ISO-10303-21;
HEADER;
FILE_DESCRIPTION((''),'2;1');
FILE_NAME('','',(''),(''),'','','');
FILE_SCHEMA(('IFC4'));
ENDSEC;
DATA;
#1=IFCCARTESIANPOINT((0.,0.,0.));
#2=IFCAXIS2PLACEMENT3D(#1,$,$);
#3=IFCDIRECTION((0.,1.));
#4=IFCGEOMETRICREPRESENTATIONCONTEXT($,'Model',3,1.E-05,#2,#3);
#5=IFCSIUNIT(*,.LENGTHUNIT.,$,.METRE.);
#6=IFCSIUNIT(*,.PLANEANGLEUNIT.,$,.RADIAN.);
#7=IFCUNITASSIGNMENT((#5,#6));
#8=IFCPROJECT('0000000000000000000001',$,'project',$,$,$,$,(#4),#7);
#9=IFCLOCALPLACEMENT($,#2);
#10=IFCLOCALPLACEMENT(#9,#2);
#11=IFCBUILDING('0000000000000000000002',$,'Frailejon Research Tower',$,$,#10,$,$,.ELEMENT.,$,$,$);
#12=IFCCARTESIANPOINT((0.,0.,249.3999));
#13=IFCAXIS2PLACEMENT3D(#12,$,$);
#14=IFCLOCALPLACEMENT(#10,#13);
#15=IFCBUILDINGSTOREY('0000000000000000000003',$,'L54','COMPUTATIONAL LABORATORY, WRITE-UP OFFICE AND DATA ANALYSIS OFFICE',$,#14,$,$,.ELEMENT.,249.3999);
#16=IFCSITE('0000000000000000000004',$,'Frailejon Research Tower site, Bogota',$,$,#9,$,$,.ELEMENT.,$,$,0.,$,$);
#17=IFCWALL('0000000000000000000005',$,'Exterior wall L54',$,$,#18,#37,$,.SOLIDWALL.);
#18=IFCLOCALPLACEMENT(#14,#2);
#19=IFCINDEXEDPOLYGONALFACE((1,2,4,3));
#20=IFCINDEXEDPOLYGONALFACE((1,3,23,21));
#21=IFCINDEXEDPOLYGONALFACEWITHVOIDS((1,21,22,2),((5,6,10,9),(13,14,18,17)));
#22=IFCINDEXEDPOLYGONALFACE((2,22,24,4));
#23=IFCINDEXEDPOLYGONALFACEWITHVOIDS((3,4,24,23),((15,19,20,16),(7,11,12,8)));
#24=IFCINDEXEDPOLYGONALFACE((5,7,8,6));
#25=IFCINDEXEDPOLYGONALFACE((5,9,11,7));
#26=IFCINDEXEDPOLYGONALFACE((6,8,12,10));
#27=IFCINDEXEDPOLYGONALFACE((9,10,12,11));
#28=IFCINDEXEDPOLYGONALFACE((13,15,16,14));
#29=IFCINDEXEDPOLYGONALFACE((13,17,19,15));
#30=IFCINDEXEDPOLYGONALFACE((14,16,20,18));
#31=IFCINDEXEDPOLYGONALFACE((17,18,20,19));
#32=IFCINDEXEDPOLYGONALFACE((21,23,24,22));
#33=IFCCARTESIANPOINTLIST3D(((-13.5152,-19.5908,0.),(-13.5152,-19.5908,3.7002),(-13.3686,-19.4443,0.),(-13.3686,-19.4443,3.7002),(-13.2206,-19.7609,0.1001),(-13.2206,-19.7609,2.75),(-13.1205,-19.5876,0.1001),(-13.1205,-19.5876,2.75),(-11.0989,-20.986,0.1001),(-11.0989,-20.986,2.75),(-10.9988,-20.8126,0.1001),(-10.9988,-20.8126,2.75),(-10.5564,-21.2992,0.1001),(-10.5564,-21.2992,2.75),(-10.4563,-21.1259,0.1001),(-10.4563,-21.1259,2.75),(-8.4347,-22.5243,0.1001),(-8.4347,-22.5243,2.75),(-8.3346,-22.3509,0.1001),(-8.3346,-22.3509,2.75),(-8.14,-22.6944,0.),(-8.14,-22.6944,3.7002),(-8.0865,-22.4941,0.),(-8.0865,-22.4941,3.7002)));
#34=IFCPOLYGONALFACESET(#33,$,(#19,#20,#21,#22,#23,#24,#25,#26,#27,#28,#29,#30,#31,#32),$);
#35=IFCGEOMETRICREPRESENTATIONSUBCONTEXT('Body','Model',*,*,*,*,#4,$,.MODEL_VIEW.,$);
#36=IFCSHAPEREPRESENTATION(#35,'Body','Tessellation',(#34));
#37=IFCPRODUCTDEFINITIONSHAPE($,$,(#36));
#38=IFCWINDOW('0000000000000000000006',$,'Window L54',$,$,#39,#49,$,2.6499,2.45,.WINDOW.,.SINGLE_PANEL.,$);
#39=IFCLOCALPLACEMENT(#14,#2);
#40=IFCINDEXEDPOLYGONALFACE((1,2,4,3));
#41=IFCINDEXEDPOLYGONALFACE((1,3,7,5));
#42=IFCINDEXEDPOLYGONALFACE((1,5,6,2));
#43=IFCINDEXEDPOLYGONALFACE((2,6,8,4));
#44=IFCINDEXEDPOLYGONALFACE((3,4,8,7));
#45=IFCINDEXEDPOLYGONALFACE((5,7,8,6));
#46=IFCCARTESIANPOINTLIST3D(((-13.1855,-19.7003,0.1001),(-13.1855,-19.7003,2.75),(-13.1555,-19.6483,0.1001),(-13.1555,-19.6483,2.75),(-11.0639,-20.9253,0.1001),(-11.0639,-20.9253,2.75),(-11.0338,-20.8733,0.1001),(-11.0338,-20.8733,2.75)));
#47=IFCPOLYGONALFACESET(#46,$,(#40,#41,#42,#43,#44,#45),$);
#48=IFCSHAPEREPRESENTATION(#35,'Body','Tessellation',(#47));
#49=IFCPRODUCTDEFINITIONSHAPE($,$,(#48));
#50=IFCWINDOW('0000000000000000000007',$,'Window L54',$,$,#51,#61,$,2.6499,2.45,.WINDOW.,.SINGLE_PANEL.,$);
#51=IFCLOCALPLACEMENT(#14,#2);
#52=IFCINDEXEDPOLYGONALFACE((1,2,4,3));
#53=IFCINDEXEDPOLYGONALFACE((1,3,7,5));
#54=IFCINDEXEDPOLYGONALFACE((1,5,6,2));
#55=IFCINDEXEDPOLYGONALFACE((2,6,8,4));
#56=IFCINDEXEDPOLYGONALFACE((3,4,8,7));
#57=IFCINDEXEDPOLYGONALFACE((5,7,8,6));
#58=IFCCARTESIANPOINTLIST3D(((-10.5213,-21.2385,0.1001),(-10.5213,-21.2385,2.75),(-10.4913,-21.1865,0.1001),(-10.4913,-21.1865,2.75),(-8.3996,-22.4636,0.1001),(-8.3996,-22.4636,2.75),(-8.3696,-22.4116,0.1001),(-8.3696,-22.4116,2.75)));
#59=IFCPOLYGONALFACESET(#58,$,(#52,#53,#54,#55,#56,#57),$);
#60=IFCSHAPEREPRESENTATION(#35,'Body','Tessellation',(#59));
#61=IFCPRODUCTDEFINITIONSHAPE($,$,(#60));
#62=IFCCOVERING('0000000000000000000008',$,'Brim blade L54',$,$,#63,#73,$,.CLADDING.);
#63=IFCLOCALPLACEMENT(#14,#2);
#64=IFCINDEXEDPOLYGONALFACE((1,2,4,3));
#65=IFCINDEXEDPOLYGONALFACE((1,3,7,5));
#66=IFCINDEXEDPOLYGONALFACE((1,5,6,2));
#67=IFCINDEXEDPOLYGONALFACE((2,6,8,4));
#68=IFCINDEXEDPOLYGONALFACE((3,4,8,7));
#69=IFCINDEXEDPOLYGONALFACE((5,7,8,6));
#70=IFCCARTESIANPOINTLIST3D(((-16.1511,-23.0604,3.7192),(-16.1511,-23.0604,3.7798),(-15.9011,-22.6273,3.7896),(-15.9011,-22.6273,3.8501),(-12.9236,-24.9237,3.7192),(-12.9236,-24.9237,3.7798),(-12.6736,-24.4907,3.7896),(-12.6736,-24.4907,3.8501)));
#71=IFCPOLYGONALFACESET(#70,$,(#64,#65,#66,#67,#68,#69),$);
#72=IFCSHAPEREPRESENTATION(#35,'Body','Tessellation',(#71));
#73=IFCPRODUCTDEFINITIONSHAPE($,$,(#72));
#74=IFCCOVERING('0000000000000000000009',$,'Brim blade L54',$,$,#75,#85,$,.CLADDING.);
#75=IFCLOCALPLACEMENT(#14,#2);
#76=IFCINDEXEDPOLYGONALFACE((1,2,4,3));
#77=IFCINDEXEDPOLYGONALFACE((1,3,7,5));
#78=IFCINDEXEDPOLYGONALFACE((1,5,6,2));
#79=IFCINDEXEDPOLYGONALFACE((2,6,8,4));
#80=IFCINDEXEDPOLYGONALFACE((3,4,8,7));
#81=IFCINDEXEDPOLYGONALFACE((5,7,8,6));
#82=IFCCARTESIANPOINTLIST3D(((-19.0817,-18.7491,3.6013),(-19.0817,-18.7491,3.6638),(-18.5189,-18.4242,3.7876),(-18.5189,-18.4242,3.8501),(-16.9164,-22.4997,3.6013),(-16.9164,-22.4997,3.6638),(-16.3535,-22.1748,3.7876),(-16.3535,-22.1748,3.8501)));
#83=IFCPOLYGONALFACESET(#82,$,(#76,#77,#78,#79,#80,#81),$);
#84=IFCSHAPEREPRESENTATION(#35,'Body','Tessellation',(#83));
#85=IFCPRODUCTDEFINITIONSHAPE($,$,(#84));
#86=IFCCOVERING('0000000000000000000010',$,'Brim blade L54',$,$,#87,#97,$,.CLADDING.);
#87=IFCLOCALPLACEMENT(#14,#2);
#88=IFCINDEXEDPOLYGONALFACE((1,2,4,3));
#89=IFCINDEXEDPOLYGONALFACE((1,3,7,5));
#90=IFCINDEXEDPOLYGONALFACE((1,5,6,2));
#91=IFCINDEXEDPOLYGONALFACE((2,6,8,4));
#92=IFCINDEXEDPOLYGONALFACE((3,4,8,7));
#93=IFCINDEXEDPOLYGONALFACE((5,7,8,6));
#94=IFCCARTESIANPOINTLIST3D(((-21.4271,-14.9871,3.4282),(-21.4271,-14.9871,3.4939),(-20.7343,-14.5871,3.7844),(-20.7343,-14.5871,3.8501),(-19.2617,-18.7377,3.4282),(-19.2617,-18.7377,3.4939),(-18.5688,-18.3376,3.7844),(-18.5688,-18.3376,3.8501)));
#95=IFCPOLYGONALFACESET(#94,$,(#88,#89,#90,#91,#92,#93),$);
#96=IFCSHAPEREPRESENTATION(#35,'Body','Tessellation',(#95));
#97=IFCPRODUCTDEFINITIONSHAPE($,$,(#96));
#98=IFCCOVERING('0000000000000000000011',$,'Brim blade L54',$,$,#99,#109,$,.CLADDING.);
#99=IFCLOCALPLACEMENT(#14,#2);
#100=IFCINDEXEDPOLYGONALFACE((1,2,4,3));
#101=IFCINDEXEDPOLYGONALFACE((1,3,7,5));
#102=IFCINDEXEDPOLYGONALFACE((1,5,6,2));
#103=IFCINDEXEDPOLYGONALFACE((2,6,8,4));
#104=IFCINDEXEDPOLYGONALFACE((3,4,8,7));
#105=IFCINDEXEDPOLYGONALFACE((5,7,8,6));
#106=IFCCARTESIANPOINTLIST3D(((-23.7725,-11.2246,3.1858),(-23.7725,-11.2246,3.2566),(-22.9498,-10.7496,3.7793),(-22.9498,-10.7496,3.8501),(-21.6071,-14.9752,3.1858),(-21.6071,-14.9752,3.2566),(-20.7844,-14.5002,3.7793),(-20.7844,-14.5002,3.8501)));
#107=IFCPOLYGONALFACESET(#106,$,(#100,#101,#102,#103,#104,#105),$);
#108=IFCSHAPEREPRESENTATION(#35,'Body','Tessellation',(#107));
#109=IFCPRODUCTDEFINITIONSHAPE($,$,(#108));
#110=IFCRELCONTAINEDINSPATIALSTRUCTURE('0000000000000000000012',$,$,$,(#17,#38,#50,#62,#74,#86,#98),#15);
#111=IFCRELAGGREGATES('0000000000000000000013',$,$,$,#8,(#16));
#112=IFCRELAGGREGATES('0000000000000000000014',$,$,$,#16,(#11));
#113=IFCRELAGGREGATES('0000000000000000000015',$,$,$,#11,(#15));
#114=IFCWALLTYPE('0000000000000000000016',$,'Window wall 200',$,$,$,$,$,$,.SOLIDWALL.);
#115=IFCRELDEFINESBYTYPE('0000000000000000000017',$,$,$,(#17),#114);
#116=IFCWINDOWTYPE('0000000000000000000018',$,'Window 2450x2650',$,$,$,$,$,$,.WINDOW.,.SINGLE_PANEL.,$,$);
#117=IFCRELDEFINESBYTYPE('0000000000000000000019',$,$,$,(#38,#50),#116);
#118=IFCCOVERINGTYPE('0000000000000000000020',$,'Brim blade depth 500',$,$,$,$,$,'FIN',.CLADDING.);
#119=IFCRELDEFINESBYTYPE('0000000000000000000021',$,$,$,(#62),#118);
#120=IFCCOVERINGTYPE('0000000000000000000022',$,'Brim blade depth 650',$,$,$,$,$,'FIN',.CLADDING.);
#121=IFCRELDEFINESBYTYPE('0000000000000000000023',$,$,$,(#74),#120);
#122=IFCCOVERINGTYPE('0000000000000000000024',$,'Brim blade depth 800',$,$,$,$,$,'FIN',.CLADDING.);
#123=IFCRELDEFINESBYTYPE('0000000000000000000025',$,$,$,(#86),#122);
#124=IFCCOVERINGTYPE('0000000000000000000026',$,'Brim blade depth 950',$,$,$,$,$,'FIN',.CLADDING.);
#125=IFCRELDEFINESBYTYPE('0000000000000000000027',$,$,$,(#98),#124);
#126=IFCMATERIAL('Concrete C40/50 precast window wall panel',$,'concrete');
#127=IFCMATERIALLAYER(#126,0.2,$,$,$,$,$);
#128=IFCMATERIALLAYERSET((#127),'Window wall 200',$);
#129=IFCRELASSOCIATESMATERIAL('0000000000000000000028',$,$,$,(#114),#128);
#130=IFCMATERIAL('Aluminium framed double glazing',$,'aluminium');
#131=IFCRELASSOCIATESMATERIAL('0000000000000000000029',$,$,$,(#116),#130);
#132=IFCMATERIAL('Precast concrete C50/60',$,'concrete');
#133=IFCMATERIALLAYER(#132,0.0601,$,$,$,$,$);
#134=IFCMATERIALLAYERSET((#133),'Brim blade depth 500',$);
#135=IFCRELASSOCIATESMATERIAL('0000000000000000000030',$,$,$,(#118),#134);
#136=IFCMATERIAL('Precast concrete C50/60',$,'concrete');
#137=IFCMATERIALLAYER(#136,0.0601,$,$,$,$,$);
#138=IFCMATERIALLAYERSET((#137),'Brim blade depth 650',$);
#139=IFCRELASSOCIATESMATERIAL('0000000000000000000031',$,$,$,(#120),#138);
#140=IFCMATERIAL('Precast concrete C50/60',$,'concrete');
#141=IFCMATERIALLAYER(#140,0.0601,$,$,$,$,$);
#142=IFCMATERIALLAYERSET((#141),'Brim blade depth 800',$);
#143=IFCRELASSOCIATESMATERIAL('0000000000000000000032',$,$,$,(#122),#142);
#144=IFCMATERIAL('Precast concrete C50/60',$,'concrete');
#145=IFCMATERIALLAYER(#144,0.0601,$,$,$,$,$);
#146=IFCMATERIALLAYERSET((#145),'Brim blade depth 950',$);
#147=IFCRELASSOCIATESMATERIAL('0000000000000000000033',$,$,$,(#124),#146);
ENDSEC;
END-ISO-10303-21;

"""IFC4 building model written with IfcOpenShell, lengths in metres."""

from ifc_helpers import new_model, si_unit, direction, frame, frame_2d, origin, place, context, subcontext, project, spatial, polyline, rectangle, outline, extrude, material, layer, layer_set, type_object, element, fill, save


model = new_model("IFC4")

# Units and contexts
model_context = context("Model", 3, precision=1e-05, world=origin(), true_north=direction((0.0, 1.0)))
body_context = subcontext(model_context, "Body", "Model", "MODEL_VIEW")
ifc_project = project(units=[si_unit("LENGTHUNIT", "METRE"), si_unit("PLANEANGLEUNIT", "RADIAN")], contexts=[model_context])

# Site, building, storey
site_placement = place(None, origin())
site = spatial("IfcSite", under=ifc_project, at=site_placement, Name="Frailejon Research Tower site, Bogota", CompositionType="ELEMENT", RefElevation=0.0)
building_placement = place(site_placement, origin())
building = spatial("IfcBuilding", under=site, at=building_placement, Name="Frailejon Research Tower", CompositionType="ELEMENT")
storey_placement = place(building_placement, frame((0.0, 0.0, 249.3999)))
storey = spatial("IfcBuildingStorey", under=building, at=storey_placement, Name="L54", Description="COMPUTATIONAL LABORATORY, WRITE-UP OFFICE AND DATA ANALYSIS OFFICE", CompositionType="ELEMENT", Elevation=249.3999)

# Wall, openings, windows
ifc_material_1 = material(Name="Concrete C40/50 precast window wall panel", Category="concrete")
ifc_layer_1 = layer(ifc_material_1, 0.2)
ifc_layer_set_1 = layer_set([ifc_layer_1], Name="Window wall 200")
wall_type_1 = type_object("IfcWallType", Name="Window wall 200", PredefinedType="SOLIDWALL", material=ifc_layer_set_1)
wall_1_placement = place(storey_placement, frame((-13.4419, -19.5176, 0.0), z_axis=(0.0, 0.0, 1.0), x_axis=(0.866012, -0.500022, 0.0)))
wall_1 = element("IfcWall", 1, at=wall_1_placement, inside=storey, type_object=wall_type_1, Name="Exterior wall L54", PredefinedType="SOLIDWALL", context=body_context, shape_type="SweptSolid", body=[
    extrude(outline(polyline([(-0.0269, -0.1001), (1.0076, -0.1001), (2.042, -0.1001), (3.0767, -0.1001), (4.1111, -0.1001), (5.1455, -0.1001), (6.1799, -0.1001), (6.1262, 0.1001), (5.1096, 0.1001), (4.093, 0.1001), (3.0767, 0.1001), (2.0601, 0.1001), (1.0435, 0.1001), (0.0269, 0.1001), (-0.0269, -0.1001)])), origin(), (0.0, 0.0, 1.0), 3.7002),
])
opening_1_placement = place(wall_1_placement, frame((0.3132, 0.0, 0.1001)))
opening_1 = element("IfcOpeningElement", 2, at=opening_1_placement, cuts=wall_1, PredefinedType="OPENING", context=body_context, shape_type="SweptSolid", body=[
    extrude(rectangle(XDim=2.45, YDim=2.6499, at=frame_2d((1.2251, 1.325))), frame((0.0, 0.1099, 0.0), z_axis=(0.0, -1.0, 0.0), x_axis=(1.0, 0.0, 0.0)), (0.0, 0.0, 1.0), 0.22),
])
opening_2_placement = place(wall_1_placement, frame((3.3896, 0.0, 0.1001)))
opening_2 = element("IfcOpeningElement", 3, at=opening_2_placement, cuts=wall_1, PredefinedType="OPENING", context=body_context, shape_type="SweptSolid", body=[
    extrude(rectangle(XDim=2.45, YDim=2.6499, at=frame_2d((1.2251, 1.325))), frame((0.0, 0.1099, 0.0), z_axis=(0.0, -1.0, 0.0), x_axis=(1.0, 0.0, 0.0)), (0.0, 0.0, 1.0), 0.22),
])
ifc_material_2 = material(Name="Aluminium framed double glazing", Category="aluminium")
window_type = type_object("IfcWindowType", Name="Window 2450x2650", PartitioningType="SINGLE_PANEL", PredefinedType="WINDOW", material=ifc_material_2)
window_1_placement = place(opening_1_placement, origin())
window_1 = element("IfcWindow", 4, at=window_1_placement, inside=storey, type_object=window_type, Name="Window L54", OverallHeight=2.6499, OverallWidth=2.45, PartitioningType="SINGLE_PANEL", PredefinedType="WINDOW", context=body_context, shape_type="SweptSolid", body=[
    extrude(rectangle(XDim=2.45, YDim=2.6499, at=frame_2d((1.2251, 1.325))), frame((0.0, 0.03, 0.0), z_axis=(0.0, -1.0, 0.0), x_axis=(1.0, 0.0, 0.0)), (0.0, 0.0, 1.0), 0.0601),
])
fill(opening_1, window_1)
window_2_placement = place(opening_2_placement, origin())
window_2 = element("IfcWindow", 5, at=window_2_placement, inside=storey, type_object=window_type, Name="Window L54", OverallHeight=2.6499, OverallWidth=2.45, PartitioningType="SINGLE_PANEL", PredefinedType="WINDOW", context=body_context, shape_type="SweptSolid", body=[
    extrude(rectangle(XDim=2.45, YDim=2.6499, at=frame_2d((1.2251, 1.325))), frame((0.0, 0.03, 0.0), z_axis=(0.0, -1.0, 0.0), x_axis=(1.0, 0.0, 0.0)), (0.0, 0.0, 1.0), 0.0601),
])
fill(opening_2, window_2)

# Coverings
ifc_material_3 = material(Name="Precast concrete C50/60", Category="concrete")
ifc_layer_2 = layer(ifc_material_3, 0.0601)
ifc_layer_set_2 = layer_set([ifc_layer_2], Name="Brim blade depth 500")
covering_type_1 = type_object("IfcCoveringType", Name="Brim blade depth 500", ElementType="FIN", PredefinedType="CLADDING", material=ifc_layer_set_2)
covering_1_placement = place(storey_placement, frame((-12.6736, -24.4907, 3.8501), z_axis=(-0.86603, 0.499992, 0.0), x_axis=(-0.499992, -0.86603, 0.0)))
element("IfcCovering", 6, at=covering_1_placement, inside=storey, type_object=covering_type_1, Name="Brim blade L54", PredefinedType="CLADDING", context=body_context, shape_type="SweptSolid", body=[
    extrude(outline(polyline([(0.0, -0.0605), (0.5, -0.1309), (0.5, -0.0703), (0.0, 0.0), (0.0, -0.0605)])), origin(), (0.0, 0.0, 1.0), 3.7268),
])
ifc_material_4 = material(Name="Precast concrete C50/60", Category="concrete")
ifc_layer_3 = layer(ifc_material_4, 0.0601)
ifc_layer_set_3 = layer_set([ifc_layer_3], Name="Brim blade depth 650")
covering_type_2 = type_object("IfcCoveringType", Name="Brim blade depth 650", ElementType="FIN", PredefinedType="CLADDING", material=ifc_layer_set_3)
covering_2_placement = place(storey_placement, frame((-16.3535, -22.1748, 3.8501), z_axis=(-0.499989, 0.866032, 0.0), x_axis=(-0.866032, -0.499989, 0.0)))
element("IfcCovering", 7, at=covering_2_placement, inside=storey, type_object=covering_type_2, Name="Brim blade L54", PredefinedType="CLADDING", context=body_context, shape_type="SweptSolid", body=[
    extrude(outline(polyline([(0.0, -0.0625), (0.6499, -0.2488), (0.6499, -0.1863), (0.0, 0.0), (0.0, -0.0625)])), origin(), (0.0, 0.0, 1.0), 4.3308),
])
ifc_material_5 = material(Name="Precast concrete C50/60", Category="concrete")
ifc_layer_4 = layer(ifc_material_5, 0.0601)
ifc_layer_set_4 = layer_set([ifc_layer_4], Name="Brim blade depth 800")
covering_type_3 = type_object("IfcCoveringType", Name="Brim blade depth 800", ElementType="FIN", PredefinedType="CLADDING", material=ifc_layer_set_4)
covering_3_placement = place(storey_placement, frame((-18.5688, -18.3376, 3.8501), z_axis=(-0.500006, 0.866022, 0.0), x_axis=(-0.866022, -0.500006, 0.0)))
element("IfcCovering", 8, at=covering_3_placement, inside=storey, type_object=covering_type_3, Name="Brim blade L54", PredefinedType="CLADDING", context=body_context, shape_type="SweptSolid", body=[
    extrude(outline(polyline([(0.0, -0.0657), (0.8, -0.4219), (0.8, -0.3562), (0.0, 0.0), (0.0, -0.0657)])), origin(), (0.0, 0.0, 1.0), 4.3308),
])
ifc_material_6 = material(Name="Precast concrete C50/60", Category="concrete")
ifc_layer_5 = layer(ifc_material_6, 0.0601)
ifc_layer_set_5 = layer_set([ifc_layer_5], Name="Brim blade depth 950")
covering_type_4 = type_object("IfcCoveringType", Name="Brim blade depth 950", ElementType="FIN", PredefinedType="CLADDING", material=ifc_layer_set_5)
covering_4_placement = place(storey_placement, frame((-20.7844, -14.5002, 3.8501), z_axis=(-0.499999, 0.866026, 0.0), x_axis=(-0.866026, -0.499999, 0.0)))
element("IfcCovering", 9, at=covering_4_placement, inside=storey, type_object=covering_type_4, Name="Brim blade L54", PredefinedType="CLADDING", context=body_context, shape_type="SweptSolid", body=[
    extrude(outline(polyline([(0.0, -0.0708), (0.95, -0.6643), (0.95, -0.5935), (0.0, 0.0), (0.0, -0.0708)])), origin(), (0.0, 0.0, 1.0), 4.3308),
])

save(model, "model.ifc")
